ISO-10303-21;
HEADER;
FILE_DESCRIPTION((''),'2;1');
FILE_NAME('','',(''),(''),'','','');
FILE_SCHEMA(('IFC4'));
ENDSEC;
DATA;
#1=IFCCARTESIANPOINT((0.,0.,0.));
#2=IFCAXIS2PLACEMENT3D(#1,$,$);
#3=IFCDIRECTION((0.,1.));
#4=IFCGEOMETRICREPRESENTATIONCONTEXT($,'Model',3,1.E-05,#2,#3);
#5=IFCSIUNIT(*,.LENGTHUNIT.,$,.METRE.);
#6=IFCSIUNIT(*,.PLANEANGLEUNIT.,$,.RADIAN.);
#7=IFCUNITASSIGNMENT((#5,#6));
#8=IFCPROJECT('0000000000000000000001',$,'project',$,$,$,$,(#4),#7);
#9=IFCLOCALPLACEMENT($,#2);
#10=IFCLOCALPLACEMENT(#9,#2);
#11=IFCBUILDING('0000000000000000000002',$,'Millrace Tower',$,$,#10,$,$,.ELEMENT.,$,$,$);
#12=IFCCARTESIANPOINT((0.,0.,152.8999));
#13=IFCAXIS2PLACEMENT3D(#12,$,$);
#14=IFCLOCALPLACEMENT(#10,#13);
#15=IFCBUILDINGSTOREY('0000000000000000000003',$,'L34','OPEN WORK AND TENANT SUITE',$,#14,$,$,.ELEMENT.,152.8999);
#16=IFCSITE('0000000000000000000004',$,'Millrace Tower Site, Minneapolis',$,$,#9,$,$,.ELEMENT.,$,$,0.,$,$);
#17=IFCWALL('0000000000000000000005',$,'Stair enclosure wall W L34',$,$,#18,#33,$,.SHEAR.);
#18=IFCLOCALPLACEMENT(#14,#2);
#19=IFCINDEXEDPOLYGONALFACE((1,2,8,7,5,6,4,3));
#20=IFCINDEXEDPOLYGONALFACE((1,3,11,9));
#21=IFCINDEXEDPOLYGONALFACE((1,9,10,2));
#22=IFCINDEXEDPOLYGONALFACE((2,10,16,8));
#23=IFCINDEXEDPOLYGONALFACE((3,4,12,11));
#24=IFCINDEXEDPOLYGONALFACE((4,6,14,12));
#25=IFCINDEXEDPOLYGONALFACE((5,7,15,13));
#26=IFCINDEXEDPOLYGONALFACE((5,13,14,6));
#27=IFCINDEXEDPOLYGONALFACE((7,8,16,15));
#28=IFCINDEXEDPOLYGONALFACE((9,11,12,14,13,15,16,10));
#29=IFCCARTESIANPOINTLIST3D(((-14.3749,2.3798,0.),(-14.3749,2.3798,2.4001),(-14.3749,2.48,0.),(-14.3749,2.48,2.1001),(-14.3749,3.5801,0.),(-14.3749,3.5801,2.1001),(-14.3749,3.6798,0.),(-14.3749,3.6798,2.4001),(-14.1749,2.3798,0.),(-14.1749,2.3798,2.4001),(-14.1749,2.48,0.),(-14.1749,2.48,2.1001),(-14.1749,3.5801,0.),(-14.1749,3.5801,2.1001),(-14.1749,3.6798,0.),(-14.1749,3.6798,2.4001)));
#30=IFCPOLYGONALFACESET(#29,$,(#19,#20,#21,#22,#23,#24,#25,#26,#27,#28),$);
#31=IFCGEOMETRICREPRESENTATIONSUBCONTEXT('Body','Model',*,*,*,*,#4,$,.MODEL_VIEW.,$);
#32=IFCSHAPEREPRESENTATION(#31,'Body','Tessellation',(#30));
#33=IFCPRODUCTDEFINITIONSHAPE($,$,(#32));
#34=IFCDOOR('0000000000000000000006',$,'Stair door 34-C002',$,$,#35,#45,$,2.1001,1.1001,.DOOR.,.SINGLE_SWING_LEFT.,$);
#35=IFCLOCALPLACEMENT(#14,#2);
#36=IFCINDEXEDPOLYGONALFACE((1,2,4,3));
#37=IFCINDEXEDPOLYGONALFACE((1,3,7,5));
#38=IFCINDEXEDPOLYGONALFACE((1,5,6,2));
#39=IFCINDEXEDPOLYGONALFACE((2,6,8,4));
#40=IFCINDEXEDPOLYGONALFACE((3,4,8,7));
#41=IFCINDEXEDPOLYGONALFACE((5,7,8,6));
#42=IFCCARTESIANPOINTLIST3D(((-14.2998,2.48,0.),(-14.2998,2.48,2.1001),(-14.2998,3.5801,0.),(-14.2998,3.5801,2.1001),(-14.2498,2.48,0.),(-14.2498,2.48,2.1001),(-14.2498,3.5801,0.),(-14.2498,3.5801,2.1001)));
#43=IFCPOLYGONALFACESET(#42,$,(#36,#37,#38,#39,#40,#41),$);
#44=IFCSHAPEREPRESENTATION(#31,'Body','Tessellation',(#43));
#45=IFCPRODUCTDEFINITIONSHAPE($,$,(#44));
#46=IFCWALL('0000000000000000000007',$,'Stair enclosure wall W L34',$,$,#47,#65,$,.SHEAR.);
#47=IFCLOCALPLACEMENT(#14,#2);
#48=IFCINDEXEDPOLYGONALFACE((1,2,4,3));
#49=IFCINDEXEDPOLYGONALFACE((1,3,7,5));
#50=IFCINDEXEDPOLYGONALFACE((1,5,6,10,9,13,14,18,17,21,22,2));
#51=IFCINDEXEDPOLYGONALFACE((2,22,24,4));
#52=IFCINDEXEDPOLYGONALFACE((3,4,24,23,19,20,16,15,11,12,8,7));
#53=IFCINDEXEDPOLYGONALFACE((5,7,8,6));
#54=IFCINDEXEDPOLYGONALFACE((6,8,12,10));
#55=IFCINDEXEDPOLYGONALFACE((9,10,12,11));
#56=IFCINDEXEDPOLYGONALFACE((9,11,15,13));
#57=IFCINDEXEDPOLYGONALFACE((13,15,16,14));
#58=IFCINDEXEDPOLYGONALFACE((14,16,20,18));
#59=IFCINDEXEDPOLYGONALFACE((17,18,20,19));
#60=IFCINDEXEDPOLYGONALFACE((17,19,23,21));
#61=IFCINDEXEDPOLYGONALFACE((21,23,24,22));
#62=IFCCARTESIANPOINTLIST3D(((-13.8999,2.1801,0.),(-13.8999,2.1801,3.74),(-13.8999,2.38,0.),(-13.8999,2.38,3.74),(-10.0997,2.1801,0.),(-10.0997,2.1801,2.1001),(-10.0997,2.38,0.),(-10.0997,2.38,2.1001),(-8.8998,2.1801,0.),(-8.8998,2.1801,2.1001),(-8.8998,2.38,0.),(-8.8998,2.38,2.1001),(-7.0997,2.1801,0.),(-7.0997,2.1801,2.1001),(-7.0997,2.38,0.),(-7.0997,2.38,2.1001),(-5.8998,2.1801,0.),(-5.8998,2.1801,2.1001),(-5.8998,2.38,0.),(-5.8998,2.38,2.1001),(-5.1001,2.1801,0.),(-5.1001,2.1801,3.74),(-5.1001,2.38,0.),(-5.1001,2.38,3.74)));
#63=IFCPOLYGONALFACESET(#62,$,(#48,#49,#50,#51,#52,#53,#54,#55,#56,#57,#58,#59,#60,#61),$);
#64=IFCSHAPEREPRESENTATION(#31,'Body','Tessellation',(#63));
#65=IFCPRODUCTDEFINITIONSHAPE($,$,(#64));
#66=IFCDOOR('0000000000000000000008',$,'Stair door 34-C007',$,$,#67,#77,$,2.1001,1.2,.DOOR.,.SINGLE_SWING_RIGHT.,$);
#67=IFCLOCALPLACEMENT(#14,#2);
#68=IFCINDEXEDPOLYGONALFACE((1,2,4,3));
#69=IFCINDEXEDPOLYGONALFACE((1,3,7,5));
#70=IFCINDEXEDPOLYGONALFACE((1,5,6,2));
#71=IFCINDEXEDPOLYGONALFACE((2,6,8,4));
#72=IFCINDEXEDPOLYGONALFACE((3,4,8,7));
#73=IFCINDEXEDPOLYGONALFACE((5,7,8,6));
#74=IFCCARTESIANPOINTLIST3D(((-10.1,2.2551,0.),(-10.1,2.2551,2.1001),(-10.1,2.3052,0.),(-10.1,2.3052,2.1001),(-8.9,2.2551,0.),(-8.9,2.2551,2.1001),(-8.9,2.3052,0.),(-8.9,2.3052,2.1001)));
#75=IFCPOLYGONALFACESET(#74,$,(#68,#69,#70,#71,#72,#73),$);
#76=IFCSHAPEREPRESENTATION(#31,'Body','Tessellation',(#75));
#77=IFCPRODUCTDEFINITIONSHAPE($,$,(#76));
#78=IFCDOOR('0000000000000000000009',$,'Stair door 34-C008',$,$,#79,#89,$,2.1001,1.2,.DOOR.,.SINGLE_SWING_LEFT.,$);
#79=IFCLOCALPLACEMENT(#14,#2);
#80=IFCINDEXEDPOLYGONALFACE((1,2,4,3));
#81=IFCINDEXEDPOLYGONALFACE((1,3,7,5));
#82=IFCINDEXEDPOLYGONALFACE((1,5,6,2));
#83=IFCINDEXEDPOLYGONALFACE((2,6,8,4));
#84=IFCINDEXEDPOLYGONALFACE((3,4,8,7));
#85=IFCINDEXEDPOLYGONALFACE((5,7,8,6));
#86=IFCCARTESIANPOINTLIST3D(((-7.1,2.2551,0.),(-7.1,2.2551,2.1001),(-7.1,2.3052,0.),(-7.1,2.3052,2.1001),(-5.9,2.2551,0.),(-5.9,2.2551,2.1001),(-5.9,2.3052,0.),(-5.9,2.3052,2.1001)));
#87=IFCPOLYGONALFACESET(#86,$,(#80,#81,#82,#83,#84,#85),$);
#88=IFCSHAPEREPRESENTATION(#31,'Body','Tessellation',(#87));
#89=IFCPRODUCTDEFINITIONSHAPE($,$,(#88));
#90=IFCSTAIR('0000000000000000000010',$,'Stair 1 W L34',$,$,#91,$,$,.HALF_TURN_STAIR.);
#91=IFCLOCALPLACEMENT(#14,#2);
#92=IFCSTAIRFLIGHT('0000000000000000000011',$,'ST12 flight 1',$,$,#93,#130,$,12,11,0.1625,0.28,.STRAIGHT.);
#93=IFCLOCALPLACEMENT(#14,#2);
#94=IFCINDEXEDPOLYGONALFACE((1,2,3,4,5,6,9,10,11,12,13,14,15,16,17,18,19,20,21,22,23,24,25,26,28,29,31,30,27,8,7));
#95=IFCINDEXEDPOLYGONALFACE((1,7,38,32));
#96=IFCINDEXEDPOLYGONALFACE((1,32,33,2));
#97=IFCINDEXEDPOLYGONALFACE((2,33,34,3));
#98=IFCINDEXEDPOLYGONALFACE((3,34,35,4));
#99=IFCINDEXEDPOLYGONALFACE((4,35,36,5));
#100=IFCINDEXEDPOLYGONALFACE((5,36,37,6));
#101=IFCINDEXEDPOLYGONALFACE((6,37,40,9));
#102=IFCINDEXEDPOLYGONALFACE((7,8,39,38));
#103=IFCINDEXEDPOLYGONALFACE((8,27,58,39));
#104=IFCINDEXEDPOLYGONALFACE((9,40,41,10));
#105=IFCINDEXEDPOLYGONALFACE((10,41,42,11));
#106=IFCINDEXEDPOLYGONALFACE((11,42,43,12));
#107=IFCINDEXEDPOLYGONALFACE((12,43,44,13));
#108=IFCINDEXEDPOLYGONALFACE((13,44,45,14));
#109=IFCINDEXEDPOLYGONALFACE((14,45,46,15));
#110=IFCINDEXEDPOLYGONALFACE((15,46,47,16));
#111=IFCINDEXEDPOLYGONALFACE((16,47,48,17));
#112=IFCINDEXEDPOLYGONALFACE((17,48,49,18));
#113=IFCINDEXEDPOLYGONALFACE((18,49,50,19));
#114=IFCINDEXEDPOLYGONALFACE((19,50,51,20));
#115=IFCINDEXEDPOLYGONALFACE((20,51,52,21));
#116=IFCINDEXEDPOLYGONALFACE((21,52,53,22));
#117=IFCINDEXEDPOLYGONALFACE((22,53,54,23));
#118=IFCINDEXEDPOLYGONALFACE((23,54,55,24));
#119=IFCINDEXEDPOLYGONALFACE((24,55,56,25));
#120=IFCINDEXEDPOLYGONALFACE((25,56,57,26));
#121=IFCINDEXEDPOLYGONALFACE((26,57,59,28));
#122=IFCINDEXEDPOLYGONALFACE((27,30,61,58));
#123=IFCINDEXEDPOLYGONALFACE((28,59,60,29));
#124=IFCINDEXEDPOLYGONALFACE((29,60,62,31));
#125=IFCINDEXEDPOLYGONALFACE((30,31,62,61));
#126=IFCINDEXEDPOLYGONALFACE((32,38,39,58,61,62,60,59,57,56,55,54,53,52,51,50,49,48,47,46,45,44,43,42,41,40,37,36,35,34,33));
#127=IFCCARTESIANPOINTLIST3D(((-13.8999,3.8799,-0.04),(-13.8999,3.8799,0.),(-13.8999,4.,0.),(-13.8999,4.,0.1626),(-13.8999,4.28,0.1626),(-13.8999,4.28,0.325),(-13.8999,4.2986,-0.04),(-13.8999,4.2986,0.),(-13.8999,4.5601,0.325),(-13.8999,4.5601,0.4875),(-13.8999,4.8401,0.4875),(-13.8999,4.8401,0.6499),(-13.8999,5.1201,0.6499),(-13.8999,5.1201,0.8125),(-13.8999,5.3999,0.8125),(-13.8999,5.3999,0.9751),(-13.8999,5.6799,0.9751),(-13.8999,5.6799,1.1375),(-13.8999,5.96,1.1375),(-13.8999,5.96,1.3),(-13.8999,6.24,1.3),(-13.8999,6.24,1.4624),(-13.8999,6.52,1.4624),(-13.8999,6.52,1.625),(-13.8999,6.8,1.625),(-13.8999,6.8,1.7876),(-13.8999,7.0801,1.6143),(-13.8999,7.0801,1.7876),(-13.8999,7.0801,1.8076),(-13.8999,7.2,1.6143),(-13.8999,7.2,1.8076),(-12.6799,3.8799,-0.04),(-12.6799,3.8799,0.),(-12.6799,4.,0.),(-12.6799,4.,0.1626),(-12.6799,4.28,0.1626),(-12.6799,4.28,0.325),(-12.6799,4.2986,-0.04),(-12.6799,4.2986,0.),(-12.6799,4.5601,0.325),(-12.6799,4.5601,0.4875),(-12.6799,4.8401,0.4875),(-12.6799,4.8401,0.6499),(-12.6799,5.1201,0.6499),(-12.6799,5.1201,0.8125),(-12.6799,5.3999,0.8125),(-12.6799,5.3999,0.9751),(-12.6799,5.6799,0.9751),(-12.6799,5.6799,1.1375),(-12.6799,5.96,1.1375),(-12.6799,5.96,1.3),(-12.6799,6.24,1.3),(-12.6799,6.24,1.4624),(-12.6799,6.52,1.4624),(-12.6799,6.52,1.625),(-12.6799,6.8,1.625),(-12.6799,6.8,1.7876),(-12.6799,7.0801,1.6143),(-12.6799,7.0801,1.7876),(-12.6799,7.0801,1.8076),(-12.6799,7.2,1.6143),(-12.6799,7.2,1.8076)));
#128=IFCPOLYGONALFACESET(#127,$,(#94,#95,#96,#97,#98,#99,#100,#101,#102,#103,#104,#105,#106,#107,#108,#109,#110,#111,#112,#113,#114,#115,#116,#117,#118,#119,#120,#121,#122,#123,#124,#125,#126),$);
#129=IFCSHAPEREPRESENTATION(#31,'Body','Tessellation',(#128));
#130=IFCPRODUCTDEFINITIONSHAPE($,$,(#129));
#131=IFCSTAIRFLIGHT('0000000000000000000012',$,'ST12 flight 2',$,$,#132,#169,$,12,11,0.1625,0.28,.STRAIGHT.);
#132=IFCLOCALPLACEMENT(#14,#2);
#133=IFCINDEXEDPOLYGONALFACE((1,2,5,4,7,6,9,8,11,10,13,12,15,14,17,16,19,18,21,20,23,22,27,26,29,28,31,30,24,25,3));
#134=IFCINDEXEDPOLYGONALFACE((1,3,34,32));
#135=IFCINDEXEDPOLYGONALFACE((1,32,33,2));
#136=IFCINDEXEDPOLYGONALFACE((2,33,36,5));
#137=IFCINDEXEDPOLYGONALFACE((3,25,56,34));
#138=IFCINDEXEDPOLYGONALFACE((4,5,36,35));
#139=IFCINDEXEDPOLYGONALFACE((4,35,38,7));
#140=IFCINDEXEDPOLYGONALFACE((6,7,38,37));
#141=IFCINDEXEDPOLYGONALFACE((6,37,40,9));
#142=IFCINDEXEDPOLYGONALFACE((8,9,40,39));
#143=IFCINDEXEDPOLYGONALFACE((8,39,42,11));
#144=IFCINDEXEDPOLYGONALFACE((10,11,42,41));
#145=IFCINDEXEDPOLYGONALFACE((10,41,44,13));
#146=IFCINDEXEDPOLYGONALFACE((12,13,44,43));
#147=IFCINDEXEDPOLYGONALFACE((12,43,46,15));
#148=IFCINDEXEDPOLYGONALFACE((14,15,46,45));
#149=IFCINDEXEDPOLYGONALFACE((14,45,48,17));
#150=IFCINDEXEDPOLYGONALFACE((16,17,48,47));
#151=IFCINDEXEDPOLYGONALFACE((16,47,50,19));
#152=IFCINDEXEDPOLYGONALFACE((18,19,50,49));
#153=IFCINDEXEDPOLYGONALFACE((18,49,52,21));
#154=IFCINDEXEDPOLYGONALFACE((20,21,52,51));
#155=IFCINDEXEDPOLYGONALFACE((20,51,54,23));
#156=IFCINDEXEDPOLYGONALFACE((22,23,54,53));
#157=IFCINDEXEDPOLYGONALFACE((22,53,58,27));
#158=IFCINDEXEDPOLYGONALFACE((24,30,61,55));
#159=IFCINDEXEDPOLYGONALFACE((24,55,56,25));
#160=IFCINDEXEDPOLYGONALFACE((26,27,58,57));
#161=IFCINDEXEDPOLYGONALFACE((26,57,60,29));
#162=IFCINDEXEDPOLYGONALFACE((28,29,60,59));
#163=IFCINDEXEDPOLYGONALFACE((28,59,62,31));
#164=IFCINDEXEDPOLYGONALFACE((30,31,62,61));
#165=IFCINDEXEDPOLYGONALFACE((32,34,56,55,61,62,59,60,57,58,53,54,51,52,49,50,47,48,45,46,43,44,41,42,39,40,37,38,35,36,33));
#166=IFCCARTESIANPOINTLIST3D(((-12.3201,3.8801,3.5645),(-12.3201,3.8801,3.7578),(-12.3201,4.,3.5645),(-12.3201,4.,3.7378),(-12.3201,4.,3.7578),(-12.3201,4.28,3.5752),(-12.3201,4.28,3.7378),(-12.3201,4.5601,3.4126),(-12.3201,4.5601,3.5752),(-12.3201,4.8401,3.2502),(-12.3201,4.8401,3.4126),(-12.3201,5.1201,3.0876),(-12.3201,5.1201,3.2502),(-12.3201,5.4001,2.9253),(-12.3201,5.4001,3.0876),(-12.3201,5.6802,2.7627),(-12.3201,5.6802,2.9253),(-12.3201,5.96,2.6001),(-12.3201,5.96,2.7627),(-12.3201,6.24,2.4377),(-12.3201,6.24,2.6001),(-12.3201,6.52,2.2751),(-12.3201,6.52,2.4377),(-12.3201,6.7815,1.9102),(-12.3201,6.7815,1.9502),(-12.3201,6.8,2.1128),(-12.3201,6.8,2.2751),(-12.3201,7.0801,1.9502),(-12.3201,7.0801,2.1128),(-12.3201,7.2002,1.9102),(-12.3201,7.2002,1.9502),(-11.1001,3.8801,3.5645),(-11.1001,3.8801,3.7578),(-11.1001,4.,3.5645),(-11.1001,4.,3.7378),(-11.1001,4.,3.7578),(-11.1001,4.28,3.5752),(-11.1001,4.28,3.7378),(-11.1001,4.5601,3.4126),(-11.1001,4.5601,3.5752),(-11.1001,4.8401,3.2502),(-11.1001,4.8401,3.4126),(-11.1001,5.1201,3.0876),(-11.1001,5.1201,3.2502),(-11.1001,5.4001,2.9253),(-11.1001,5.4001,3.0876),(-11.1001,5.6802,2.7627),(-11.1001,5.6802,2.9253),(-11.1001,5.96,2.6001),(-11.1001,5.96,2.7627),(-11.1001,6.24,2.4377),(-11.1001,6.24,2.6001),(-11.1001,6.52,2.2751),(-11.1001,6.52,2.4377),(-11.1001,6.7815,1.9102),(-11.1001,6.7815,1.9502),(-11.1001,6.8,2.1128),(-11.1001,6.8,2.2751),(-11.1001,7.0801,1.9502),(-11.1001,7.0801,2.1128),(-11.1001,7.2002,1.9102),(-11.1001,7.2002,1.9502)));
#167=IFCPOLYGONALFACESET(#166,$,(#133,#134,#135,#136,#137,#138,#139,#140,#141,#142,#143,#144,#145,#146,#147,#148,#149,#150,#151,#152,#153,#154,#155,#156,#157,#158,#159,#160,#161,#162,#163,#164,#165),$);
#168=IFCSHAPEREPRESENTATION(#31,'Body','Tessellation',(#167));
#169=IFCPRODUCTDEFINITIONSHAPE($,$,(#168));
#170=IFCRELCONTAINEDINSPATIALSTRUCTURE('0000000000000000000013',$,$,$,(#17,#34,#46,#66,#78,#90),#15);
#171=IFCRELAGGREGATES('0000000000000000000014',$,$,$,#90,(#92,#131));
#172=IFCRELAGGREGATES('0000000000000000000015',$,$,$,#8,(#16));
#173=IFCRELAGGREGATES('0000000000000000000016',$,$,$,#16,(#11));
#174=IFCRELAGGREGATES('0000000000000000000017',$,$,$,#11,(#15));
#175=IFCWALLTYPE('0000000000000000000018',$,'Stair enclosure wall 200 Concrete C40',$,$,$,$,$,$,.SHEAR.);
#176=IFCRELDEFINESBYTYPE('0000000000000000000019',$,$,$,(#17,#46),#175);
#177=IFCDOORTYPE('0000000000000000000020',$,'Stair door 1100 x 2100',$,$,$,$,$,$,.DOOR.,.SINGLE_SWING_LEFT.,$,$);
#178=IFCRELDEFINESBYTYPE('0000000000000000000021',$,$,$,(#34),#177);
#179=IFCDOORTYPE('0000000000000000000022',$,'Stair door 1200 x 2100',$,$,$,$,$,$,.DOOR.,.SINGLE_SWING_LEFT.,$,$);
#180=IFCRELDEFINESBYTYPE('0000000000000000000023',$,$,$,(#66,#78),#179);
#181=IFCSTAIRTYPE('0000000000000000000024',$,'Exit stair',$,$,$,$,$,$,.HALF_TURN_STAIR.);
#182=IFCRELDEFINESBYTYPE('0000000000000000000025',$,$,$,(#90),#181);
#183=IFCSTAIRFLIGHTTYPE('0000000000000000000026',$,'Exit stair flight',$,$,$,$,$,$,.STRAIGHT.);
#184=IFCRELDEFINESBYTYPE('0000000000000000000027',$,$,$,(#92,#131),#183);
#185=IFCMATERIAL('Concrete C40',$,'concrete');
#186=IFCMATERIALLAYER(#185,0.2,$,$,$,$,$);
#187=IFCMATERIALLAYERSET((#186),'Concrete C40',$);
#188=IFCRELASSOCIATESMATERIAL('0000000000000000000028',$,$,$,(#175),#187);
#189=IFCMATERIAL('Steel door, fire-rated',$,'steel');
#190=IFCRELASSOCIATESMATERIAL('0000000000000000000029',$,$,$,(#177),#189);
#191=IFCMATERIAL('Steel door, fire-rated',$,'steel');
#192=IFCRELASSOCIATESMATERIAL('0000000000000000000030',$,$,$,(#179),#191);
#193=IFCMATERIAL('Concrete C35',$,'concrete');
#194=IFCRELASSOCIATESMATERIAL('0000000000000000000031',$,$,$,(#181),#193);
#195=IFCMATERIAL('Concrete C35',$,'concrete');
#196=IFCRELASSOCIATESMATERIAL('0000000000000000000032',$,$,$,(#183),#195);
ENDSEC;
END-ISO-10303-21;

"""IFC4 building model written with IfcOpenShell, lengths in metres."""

from ifc_helpers import new_model, si_unit, direction, frame, frame_2d, origin, place, context, subcontext, project, spatial, polyline, rectangle, outline, extrude, material, layer, layer_set, type_object, element, fill, aggregate, save


model = new_model("IFC4")

# Units and contexts
model_context = context("Model", 3, precision=1e-05, world=origin(), true_north=direction((0.0, 1.0)))
body_context = subcontext(model_context, "Body", "Model", "MODEL_VIEW")
ifc_project = project(units=[si_unit("LENGTHUNIT", "METRE"), si_unit("PLANEANGLEUNIT", "RADIAN")], contexts=[model_context])

# Site, building, storey
site_placement = place(None, origin())
site = spatial("IfcSite", under=ifc_project, at=site_placement, Name="Millrace Tower Site, Minneapolis", CompositionType="ELEMENT", RefElevation=0.0)
building_placement = place(site_placement, origin())
building = spatial("IfcBuilding", under=site, at=building_placement, Name="Millrace Tower", CompositionType="ELEMENT")
storey_placement = place(building_placement, frame((0.0, 0.0, 152.8999)))
storey = spatial("IfcBuildingStorey", under=building, at=storey_placement, Name="L34", Description="OPEN WORK AND TENANT SUITE", CompositionType="ELEMENT", Elevation=152.8999)

# Shared definitions
placement = place(storey_placement, origin())

# Wall, opening, door
ifc_material_1 = material(Name="Concrete C40", Category="concrete")
ifc_layer_1 = layer(ifc_material_1, 0.2)
ifc_layer_set_1 = layer_set([ifc_layer_1], Name="Concrete C40")
wall_type_1 = type_object("IfcWallType", Name="Stair enclosure wall 200 Concrete C40", PredefinedType="SHEAR", material=ifc_layer_set_1)
wall_1_placement = place(storey_placement, frame((-14.2749, 2.3799, 0.0), z_axis=(0.0, 0.0, 1.0), x_axis=(0.0, 1.0, 0.0)))
wall_1 = element("IfcWall", 1, at=wall_1_placement, inside=storey, type_object=wall_type_1, Name="Stair enclosure wall W L34", PredefinedType="SHEAR", context=body_context, shape_type="SweptSolid", body=[
    extrude(rectangle(XDim=1.3, YDim=0.2, at=frame_2d((0.6499, 0.0))), origin(), (0.0, 0.0, 1.0), 2.4001),
])
opening_1_placement = place(wall_1_placement, frame((0.1001, 0.0, 0.0)))
opening_1 = element("IfcOpeningElement", 2, at=opening_1_placement, cuts=wall_1, PredefinedType="OPENING", context=body_context, shape_type="SweptSolid", body=[
    extrude(rectangle(XDim=1.1001, YDim=2.1001, at=frame_2d((0.55, 1.05))), frame((0.0, 0.1099, 0.0), z_axis=(0.0, -1.0, 0.0), x_axis=(1.0, 0.0, 0.0)), (0.0, 0.0, 1.0), 0.22),
])
ifc_material_2 = material(Name="Steel door, fire-rated", Category="steel")
door_type_1 = type_object("IfcDoorType", Name="Stair door 1100 x 2100", OperationType="SINGLE_SWING_LEFT", PredefinedType="DOOR", material=ifc_material_2)
door_1_placement = place(opening_1_placement, origin())
door_1 = element("IfcDoor", 3, at=door_1_placement, inside=storey, type_object=door_type_1, Name="Stair door 34-C002", OperationType="SINGLE_SWING_LEFT", OverallHeight=2.1001, OverallWidth=1.1001, PredefinedType="DOOR", context=body_context, shape_type="SweptSolid", body=[
    extrude(rectangle(XDim=1.1001, YDim=2.1001, at=frame_2d((0.55, 1.05))), frame((0.0, 0.0249, 0.0), z_axis=(0.0, -1.0, 0.0), x_axis=(1.0, 0.0, 0.0)), (0.0, 0.0, 1.0), 0.05),
])
fill(opening_1, door_1)

# Wall, openings, doors
wall_2_placement = place(storey_placement, frame((-13.8999, 2.28, 0.0), z_axis=(0.0, 0.0, 1.0), x_axis=(1.0, 0.0, 0.0)))
wall_2 = element("IfcWall", 4, at=wall_2_placement, inside=storey, type_object=wall_type_1, Name="Stair enclosure wall W L34", PredefinedType="SHEAR", context=body_context, shape_type="SweptSolid", body=[
    extrude(rectangle(XDim=8.7998, YDim=0.2, at=frame_2d((4.3999, 0.0))), origin(), (0.0, 0.0, 1.0), 3.74),
])
opening_2_placement = place(wall_2_placement, frame((3.8, 0.0, 0.0)))
opening_2 = element("IfcOpeningElement", 5, at=opening_2_placement, cuts=wall_2, PredefinedType="OPENING", context=body_context, shape_type="SweptSolid", body=[
    extrude(rectangle(XDim=1.2, YDim=2.1001, at=frame_2d((0.6001, 1.05))), frame((0.0, 0.1099, 0.0), z_axis=(0.0, -1.0, 0.0), x_axis=(1.0, 0.0, 0.0)), (0.0, 0.0, 1.0), 0.22),
])
opening_3_placement = place(wall_2_placement, frame((6.8, 0.0, 0.0)))
opening_3 = element("IfcOpeningElement", 6, at=opening_3_placement, cuts=wall_2, PredefinedType="OPENING", context=body_context, shape_type="SweptSolid", body=[
    extrude(rectangle(XDim=1.2, YDim=2.1001, at=frame_2d((0.6001, 1.05))), frame((0.0, 0.1099, 0.0), z_axis=(0.0, -1.0, 0.0), x_axis=(1.0, 0.0, 0.0)), (0.0, 0.0, 1.0), 0.22),
])
ifc_material_3 = material(Name="Steel door, fire-rated", Category="steel")
door_type_2 = type_object("IfcDoorType", Name="Stair door 1200 x 2100", OperationType="SINGLE_SWING_LEFT", PredefinedType="DOOR", material=ifc_material_3)
door_2_placement = place(opening_2_placement, frame((1.2, 0.0, 0.0), z_axis=(0.0, 0.0, 1.0), x_axis=(-1.0, 0.0, 0.0)))
door_2 = element("IfcDoor", 7, at=door_2_placement, inside=storey, type_object=door_type_2, Name="Stair door 34-C007", OperationType="SINGLE_SWING_RIGHT", OverallHeight=2.1001, OverallWidth=1.2, PredefinedType="DOOR", context=body_context, shape_type="SweptSolid", body=[
    extrude(rectangle(XDim=1.2, YDim=2.1001, at=frame_2d((0.6001, 1.05))), frame((0.0, 0.0249, 0.0), z_axis=(0.0, -1.0, 0.0), x_axis=(1.0, 0.0, 0.0)), (0.0, 0.0, 1.0), 0.05),
])
fill(opening_2, door_2)
door_3_placement = place(opening_3_placement, frame((1.2, 0.0, 0.0), z_axis=(0.0, 0.0, 1.0), x_axis=(-1.0, 0.0, 0.0)))
door_3 = element("IfcDoor", 8, at=door_3_placement, inside=storey, type_object=door_type_2, Name="Stair door 34-C008", OperationType="SINGLE_SWING_LEFT", OverallHeight=2.1001, OverallWidth=1.2, PredefinedType="DOOR", context=body_context, shape_type="SweptSolid", body=[
    extrude(rectangle(XDim=1.2, YDim=2.1001, at=frame_2d((0.6001, 1.05))), frame((0.0, 0.0249, 0.0), z_axis=(0.0, -1.0, 0.0), x_axis=(1.0, 0.0, 0.0)), (0.0, 0.0, 1.0), 0.05),
])
fill(opening_3, door_3)

# Stair, stair flights
ifc_material_4 = material(Name="Concrete C35", Category="concrete")
stair_type = type_object("IfcStairType", Name="Exit stair", PredefinedType="HALF_TURN_STAIR", material=ifc_material_4)
stair = element("IfcStair", 9, at=placement, inside=storey, type_object=stair_type, Name="Stair 1 W L34", PredefinedType="HALF_TURN_STAIR")
ifc_material_5 = material(Name="Concrete C35", Category="concrete")
stair_flight_type = type_object("IfcStairFlightType", Name="Exit stair flight", PredefinedType="STRAIGHT", material=ifc_material_5)
stair_flight_1_placement = place(storey_placement, frame((-13.29, 4.0, 0.0), z_axis=(0.0, 0.0, 1.0), x_axis=(0.0, 1.0, 0.0)))
stair_flight_1 = element("IfcStairFlight", 10, at=stair_flight_1_placement, type_object=stair_flight_type, Name="ST12 flight 1", NumberOfRisers=12, NumberOfTreads=11, PredefinedType="STRAIGHT", RiserHeight=0.1625, TreadLength=0.28, context=body_context, shape_type="SweptSolid", body=[
    extrude(outline(polyline([(-0.1201, -0.04), (-0.1201, 0.0), (0.0, 0.0), (0.0, 0.1626), (0.28, 0.1626), (0.28, 0.325), (0.5601, 0.325), (0.5601, 0.4875), (0.8401, 0.4875), (0.8401, 0.6499), (1.1201, 0.6499), (1.1201, 0.8125), (1.3999, 0.8125), (1.3999, 0.9751), (1.6799, 0.9751), (1.6799, 1.1375), (1.96, 1.1375), (1.96, 1.3), (2.24, 1.3), (2.24, 1.4624), (2.52, 1.4624), (2.52, 1.625), (2.8, 1.625), (2.8, 1.7876), (3.0801, 1.7876), (3.0801, 1.8076), (3.2, 1.8076), (3.2, 1.6143), (3.0801, 1.6143), (0.2986, 0.0), (0.2986, -0.04), (-0.1201, -0.04)])), frame((0.0, 0.6099, 0.0), z_axis=(0.0, -1.0, 0.0), x_axis=(1.0, 0.0, 0.0)), (0.0, 0.0, 1.0), 1.22),
])
stair_flight_2_placement = place(storey_placement, frame((-11.71, 7.0801, 1.9502), z_axis=(0.0, 0.0, 1.0), x_axis=(0.0, -1.0, 0.0)))
stair_flight_2 = element("IfcStairFlight", 11, at=stair_flight_2_placement, type_object=stair_flight_type, Name="ST12 flight 2", NumberOfRisers=12, NumberOfTreads=11, PredefinedType="STRAIGHT", RiserHeight=0.1625, TreadLength=0.28, context=body_context, shape_type="SweptSolid", body=[
    extrude(outline(polyline([(-0.1201, -0.04), (-0.1201, 0.0), (0.0, 0.0), (0.0, 0.1626), (0.28, 0.1626), (0.28, 0.325), (0.5601, 0.325), (0.5601, 0.4875), (0.8401, 0.4875), (0.8401, 0.6499), (1.1201, 0.6499), (1.1201, 0.8125), (1.3999, 0.8125), (1.3999, 0.9751), (1.6799, 0.9751), (1.6799, 1.1375), (1.96, 1.1375), (1.96, 1.3), (2.24, 1.3), (2.24, 1.4624), (2.52, 1.4624), (2.52, 1.625), (2.8, 1.625), (2.8, 1.7876), (3.0801, 1.7876), (3.0801, 1.8076), (3.2, 1.8076), (3.2, 1.6143), (3.0801, 1.6143), (0.2986, 0.0), (0.2986, -0.04), (-0.1201, -0.04)])), frame((0.0, 0.6099, 0.0), z_axis=(0.0, -1.0, 0.0), x_axis=(1.0, 0.0, 0.0)), (0.0, 0.0, 1.0), 1.22),
])
aggregate(stair, [stair_flight_1, stair_flight_2])

save(model, "model.ifc")
